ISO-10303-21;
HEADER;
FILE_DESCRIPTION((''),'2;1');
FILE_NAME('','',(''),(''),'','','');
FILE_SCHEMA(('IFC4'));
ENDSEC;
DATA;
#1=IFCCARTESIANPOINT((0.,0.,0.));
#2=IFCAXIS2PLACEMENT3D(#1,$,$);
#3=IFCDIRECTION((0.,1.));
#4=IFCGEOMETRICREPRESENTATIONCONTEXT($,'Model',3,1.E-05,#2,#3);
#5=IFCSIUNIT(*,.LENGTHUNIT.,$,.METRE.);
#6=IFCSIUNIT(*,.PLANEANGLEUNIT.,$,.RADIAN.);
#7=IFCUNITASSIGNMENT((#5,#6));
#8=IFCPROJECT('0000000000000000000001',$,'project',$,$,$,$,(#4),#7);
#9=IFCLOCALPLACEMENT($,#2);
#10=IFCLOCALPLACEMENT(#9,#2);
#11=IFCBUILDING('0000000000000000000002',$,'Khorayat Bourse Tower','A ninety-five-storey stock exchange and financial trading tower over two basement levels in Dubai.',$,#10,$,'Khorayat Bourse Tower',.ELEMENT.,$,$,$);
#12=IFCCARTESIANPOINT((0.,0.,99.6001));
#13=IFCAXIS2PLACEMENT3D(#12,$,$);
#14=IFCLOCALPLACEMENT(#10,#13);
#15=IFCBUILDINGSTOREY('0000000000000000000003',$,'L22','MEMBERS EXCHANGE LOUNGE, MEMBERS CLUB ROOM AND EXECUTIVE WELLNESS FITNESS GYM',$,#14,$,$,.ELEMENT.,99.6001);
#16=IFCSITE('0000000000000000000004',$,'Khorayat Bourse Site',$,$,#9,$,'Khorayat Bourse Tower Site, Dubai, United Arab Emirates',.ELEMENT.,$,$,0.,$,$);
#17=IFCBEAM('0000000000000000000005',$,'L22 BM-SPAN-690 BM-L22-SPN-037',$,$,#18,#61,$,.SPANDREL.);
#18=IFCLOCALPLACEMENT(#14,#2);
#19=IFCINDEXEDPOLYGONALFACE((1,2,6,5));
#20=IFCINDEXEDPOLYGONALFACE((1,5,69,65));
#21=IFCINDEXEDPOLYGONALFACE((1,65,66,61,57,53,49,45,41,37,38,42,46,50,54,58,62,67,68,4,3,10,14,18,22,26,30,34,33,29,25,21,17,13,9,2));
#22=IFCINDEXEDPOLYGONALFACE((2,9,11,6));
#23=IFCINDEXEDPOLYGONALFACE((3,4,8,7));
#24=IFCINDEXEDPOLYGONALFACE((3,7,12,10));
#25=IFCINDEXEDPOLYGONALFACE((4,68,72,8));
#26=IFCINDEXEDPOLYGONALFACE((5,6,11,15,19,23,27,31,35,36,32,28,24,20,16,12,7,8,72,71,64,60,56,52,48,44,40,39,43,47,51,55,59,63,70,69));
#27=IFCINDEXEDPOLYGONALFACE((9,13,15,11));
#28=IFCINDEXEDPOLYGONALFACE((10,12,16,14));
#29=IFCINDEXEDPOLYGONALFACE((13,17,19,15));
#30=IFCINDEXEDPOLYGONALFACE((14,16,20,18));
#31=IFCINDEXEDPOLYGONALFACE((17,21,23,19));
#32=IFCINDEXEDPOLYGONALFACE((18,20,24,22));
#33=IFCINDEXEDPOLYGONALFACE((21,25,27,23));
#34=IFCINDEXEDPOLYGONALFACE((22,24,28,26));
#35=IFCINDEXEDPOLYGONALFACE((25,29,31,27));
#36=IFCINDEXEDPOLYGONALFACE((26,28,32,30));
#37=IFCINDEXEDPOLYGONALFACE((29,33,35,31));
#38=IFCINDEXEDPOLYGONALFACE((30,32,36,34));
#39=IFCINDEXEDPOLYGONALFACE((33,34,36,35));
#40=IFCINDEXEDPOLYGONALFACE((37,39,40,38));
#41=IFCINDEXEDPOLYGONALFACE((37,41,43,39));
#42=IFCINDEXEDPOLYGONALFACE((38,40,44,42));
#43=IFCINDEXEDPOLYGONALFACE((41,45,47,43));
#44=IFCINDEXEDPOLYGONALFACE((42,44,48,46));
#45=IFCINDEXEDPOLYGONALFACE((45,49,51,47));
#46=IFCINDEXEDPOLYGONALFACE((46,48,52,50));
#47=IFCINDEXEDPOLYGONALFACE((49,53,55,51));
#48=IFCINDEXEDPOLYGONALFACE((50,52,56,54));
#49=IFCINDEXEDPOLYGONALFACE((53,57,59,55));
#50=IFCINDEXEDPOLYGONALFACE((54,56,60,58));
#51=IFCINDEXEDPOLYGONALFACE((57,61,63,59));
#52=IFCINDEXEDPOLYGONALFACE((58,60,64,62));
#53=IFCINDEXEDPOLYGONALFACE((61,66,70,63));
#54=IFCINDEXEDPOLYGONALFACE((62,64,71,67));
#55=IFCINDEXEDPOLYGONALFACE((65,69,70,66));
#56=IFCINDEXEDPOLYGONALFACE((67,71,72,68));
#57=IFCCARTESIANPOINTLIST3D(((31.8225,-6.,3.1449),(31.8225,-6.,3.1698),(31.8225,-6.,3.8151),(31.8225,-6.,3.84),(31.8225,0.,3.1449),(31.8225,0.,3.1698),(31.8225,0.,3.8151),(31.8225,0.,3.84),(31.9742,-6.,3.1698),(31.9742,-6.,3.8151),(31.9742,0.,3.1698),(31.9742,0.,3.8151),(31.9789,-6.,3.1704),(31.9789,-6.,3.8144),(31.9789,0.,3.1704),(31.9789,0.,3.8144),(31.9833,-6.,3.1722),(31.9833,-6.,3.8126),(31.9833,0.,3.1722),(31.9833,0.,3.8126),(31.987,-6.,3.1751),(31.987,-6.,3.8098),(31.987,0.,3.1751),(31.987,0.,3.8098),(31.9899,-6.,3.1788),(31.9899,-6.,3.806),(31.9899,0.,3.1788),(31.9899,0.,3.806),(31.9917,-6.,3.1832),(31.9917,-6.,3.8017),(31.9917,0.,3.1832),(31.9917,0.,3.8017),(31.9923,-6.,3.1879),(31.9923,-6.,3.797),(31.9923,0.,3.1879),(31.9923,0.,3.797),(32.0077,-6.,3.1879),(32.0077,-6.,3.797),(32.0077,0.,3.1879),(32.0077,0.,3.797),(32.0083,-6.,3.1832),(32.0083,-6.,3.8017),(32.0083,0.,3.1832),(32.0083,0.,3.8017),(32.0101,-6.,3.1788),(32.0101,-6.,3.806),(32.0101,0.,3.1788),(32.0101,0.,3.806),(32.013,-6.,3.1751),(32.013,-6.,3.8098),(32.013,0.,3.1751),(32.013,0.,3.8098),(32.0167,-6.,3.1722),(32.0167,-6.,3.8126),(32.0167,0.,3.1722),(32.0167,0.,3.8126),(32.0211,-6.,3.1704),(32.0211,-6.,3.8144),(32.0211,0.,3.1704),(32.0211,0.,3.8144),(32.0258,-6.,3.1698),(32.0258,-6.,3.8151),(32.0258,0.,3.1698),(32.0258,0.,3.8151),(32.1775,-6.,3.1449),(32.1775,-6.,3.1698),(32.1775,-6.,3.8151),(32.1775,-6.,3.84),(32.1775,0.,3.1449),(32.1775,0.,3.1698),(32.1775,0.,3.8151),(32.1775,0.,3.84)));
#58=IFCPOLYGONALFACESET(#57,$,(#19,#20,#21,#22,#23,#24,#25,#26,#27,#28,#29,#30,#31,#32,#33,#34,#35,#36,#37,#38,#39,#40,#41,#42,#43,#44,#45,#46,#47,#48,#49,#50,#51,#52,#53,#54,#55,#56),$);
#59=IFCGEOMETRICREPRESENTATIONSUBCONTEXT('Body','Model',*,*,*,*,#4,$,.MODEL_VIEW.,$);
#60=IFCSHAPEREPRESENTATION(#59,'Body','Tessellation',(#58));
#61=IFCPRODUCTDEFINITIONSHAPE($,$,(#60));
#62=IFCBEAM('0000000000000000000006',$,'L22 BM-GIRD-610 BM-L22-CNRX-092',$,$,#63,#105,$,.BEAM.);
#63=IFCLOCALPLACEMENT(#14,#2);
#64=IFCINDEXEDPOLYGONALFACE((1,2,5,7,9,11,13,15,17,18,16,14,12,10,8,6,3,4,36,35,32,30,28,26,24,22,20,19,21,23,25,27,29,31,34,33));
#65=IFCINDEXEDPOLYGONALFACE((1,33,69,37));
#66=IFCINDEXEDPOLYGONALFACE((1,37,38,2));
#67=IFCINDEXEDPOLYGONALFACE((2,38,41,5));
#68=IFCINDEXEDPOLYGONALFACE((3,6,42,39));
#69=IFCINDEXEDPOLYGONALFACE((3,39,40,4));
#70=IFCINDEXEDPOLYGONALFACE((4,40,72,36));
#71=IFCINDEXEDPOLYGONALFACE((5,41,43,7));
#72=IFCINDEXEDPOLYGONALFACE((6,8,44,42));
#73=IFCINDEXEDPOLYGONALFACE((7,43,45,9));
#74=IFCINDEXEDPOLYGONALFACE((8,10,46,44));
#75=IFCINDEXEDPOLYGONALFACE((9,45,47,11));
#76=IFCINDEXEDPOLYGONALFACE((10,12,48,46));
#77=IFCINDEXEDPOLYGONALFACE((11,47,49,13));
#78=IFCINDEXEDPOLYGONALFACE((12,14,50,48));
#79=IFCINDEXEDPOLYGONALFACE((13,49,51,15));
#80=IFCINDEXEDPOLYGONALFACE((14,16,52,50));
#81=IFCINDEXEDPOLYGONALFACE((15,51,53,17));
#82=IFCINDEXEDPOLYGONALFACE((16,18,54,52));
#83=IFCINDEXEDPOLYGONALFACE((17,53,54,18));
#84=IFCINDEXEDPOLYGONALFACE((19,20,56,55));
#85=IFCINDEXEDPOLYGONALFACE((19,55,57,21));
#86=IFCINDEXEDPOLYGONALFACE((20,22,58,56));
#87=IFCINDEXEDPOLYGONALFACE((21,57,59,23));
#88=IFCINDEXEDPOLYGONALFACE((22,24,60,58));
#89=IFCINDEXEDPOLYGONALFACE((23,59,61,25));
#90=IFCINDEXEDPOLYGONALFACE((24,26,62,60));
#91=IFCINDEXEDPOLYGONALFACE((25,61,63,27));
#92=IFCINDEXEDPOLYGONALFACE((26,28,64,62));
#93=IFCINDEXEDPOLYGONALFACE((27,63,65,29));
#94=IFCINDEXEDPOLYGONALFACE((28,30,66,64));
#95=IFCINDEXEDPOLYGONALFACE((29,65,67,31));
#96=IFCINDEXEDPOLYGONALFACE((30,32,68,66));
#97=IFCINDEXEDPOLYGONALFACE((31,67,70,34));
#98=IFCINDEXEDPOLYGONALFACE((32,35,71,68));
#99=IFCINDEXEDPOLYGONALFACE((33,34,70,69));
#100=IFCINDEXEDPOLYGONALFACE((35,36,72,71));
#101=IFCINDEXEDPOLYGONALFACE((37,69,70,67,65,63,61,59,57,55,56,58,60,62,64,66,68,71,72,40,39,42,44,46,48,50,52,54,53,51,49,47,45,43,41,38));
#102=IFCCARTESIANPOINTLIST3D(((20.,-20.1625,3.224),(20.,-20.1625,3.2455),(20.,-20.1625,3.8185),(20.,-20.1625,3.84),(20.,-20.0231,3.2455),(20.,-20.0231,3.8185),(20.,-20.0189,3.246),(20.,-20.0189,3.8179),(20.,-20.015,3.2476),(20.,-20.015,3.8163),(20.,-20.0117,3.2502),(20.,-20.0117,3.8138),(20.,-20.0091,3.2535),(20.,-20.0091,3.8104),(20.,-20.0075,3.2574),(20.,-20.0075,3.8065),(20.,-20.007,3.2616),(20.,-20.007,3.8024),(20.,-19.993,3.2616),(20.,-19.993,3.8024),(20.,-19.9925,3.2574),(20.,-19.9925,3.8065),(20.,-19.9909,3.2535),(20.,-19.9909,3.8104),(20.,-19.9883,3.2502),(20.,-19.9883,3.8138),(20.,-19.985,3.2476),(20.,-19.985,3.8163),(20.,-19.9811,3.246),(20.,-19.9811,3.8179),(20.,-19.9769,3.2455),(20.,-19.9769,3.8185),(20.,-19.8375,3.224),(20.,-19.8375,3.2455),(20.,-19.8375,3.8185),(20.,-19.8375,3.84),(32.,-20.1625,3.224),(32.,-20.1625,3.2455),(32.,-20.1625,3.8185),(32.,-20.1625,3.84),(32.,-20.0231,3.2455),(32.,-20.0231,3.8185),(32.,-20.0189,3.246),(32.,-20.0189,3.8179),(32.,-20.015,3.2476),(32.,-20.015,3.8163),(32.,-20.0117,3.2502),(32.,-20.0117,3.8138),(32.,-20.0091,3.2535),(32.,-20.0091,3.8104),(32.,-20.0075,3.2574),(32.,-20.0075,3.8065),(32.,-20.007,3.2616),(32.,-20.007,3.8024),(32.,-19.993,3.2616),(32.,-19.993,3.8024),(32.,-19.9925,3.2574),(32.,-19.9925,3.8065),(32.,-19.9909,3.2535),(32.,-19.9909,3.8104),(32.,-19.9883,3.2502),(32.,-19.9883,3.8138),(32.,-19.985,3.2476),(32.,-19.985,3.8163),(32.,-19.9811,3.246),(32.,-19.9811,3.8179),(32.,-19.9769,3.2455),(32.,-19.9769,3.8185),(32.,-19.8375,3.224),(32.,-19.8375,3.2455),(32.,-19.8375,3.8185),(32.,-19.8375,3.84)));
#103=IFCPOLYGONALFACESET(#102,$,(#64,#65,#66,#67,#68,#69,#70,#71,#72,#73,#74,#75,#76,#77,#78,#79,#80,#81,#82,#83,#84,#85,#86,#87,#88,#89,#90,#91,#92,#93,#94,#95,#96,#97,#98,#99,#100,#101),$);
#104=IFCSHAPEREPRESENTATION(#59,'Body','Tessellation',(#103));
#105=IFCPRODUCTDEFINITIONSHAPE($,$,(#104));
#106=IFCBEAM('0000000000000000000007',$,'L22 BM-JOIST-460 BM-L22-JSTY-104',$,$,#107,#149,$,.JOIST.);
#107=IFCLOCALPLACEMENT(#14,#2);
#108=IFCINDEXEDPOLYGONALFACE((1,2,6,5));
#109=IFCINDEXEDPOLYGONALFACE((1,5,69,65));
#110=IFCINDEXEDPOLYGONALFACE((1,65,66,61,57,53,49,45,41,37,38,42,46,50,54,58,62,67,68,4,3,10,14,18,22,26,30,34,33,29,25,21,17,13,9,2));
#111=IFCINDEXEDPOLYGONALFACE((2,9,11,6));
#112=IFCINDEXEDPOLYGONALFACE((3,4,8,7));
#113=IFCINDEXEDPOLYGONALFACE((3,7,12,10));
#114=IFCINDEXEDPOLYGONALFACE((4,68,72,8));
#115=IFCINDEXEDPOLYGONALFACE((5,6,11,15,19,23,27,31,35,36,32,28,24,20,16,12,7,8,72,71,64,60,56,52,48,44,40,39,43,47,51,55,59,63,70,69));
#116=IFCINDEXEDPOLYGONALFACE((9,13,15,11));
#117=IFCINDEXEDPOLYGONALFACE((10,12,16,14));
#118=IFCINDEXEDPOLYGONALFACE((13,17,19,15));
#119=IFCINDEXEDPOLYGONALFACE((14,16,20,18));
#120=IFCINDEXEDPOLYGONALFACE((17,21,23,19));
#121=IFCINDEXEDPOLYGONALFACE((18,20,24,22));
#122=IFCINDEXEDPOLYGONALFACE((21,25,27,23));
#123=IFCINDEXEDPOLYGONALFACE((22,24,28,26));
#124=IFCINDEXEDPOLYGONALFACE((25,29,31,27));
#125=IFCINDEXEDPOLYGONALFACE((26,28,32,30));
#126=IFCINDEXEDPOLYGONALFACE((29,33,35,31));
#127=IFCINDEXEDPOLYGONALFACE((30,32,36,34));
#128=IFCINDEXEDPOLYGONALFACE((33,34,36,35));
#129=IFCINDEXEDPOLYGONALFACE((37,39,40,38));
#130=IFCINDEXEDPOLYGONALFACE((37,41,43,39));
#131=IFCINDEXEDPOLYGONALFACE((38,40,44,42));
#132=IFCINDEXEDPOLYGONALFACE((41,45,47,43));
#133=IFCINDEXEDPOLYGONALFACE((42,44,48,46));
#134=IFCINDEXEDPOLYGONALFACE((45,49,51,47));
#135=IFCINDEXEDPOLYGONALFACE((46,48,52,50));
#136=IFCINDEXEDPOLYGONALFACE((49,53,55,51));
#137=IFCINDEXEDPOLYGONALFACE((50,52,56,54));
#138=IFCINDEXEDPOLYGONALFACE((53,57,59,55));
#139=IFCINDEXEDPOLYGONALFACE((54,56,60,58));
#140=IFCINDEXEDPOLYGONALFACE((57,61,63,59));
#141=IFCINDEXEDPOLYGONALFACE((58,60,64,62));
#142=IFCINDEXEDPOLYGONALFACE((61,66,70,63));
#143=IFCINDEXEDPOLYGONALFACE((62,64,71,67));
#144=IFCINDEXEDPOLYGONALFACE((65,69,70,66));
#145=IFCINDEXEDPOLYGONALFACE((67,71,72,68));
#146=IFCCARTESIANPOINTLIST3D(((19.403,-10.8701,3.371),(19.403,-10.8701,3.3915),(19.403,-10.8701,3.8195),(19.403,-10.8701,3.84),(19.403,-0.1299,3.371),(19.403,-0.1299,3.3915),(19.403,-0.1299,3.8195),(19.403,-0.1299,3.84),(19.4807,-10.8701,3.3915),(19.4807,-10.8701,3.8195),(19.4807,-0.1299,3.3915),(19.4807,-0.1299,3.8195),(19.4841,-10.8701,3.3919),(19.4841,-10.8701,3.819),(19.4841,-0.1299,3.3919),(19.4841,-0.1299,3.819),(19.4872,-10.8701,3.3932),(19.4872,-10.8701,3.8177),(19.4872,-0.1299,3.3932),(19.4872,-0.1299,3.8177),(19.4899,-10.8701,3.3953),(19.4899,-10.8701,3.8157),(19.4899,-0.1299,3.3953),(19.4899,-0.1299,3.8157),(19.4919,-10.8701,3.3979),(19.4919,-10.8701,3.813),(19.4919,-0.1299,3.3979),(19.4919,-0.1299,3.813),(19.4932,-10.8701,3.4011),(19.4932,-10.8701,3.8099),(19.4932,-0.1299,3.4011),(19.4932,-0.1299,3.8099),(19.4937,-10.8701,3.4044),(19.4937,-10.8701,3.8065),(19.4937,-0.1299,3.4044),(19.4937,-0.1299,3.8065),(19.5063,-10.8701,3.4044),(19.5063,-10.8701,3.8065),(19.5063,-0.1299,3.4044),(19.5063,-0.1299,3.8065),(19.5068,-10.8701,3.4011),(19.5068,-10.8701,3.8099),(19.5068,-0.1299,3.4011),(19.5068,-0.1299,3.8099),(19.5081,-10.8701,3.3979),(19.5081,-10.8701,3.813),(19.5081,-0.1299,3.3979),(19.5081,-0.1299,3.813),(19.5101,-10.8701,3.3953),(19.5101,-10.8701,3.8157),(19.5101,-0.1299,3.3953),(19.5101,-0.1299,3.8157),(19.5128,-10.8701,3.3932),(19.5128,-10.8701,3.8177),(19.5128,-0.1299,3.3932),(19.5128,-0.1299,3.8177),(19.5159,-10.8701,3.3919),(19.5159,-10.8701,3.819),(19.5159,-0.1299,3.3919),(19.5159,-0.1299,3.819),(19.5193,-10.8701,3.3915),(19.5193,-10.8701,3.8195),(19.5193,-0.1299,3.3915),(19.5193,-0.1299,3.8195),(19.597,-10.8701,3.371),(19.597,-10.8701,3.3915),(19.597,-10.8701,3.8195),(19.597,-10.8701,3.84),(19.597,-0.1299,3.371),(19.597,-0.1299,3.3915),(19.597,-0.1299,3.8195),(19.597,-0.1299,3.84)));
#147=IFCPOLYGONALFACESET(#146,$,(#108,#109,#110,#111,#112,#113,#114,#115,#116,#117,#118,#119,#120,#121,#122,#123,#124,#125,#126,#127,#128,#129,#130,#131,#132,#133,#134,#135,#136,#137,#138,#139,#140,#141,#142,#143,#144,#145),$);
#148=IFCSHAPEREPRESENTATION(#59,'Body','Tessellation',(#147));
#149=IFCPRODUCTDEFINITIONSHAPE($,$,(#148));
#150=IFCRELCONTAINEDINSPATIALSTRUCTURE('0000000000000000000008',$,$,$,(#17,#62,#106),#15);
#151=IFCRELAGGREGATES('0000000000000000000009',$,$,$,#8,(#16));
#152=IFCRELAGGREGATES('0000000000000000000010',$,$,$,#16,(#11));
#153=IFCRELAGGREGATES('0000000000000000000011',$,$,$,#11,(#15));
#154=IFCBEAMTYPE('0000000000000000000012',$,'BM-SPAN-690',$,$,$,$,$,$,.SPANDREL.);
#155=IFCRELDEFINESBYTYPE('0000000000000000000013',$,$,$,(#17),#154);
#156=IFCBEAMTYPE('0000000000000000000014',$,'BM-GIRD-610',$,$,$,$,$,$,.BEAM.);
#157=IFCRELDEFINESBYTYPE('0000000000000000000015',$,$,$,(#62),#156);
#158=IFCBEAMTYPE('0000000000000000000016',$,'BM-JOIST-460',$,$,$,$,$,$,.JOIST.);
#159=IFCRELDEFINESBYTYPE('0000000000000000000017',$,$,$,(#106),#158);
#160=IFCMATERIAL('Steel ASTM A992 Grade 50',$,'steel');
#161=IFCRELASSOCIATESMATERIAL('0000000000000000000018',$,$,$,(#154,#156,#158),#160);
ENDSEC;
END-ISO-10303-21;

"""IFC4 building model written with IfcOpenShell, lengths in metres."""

from ifc_helpers import new_model, si_unit, direction, frame, origin, origin_2d, place, context, subcontext, project, spatial, i_section, extrude, source, transform, mapped, material, material_profile, profile_set, type_object, element, save


model = new_model("IFC4")

# Units and contexts
model_context = context("Model", 3, precision=1e-05, world=origin(), true_north=direction((0.0, 1.0)))
body_context = subcontext(model_context, "Body", "Model", "MODEL_VIEW")
ifc_project = project(units=[si_unit("LENGTHUNIT", "METRE"), si_unit("PLANEANGLEUNIT", "RADIAN")], contexts=[model_context])

# Site, building, storey
site_placement = place(None, origin())
site = spatial("IfcSite", under=ifc_project, at=site_placement, Name="Khorayat Bourse Site", LongName="Khorayat Bourse Tower Site, Dubai, United Arab Emirates", CompositionType="ELEMENT", RefElevation=0.0)
building_placement = place(site_placement, origin())
building = spatial("IfcBuilding", under=site, at=building_placement, Name="Khorayat Bourse Tower", Description="A ninety-five-storey stock exchange and financial trading tower over two basement levels in Dubai.", LongName="Khorayat Bourse Tower", CompositionType="ELEMENT")
storey_placement = place(building_placement, frame((0.0, 0.0, 99.6001)))
storey = spatial("IfcBuildingStorey", under=building, at=storey_placement, Name="L22", Description="MEMBERS EXCHANGE LOUNGE, MEMBERS CLUB ROOM AND EXECUTIVE WELLNESS FITNESS GYM", CompositionType="ELEMENT", Elevation=99.6001)

# Beams
ifc_material_1 = material(Name="Steel ASTM A992 Grade 50", Category="steel")
ifc_material_profile_1 = material_profile(ifc_material_1, i_section(OverallWidth=0.355, OverallDepth=0.6951, WebThickness=0.0154, FlangeThickness=0.0249, FilletRadius=0.0181, at=origin_2d()), Name="W690X217")
ifc_profile_set_1 = profile_set([ifc_material_profile_1], Name="Steel ASTM A992 Grade 50")
beam_type_1 = type_object("IfcBeamType", Name="BM-SPAN-690", PredefinedType="SPANDREL", material=ifc_profile_set_1)
shared_shape_1 = source(origin(), body_context, "Body", "SweptSolid", [
    extrude(i_section(OverallWidth=0.355, OverallDepth=0.6951, WebThickness=0.0154, FlangeThickness=0.0249, FilletRadius=0.0181, at=origin_2d()), origin(), (0.0, 0.0, 1.0), 6.0),
])
beam_1_placement = place(storey_placement, frame((32.0, -6.0, 3.4924), z_axis=(0.0, 1.0, 0.0), x_axis=(-1.0, 0.0, 0.0)))
element("IfcBeam", 1, at=beam_1_placement, inside=storey, type_object=beam_type_1, Name="L22 BM-SPAN-690 BM-L22-SPN-037", PredefinedType="SPANDREL", context=body_context, shape_type="MappedRepresentation", body=[
    mapped(shared_shape_1, transform((0.0, 0.0, 0.0), scale=1.0)),
])
ifc_material_profile_2 = material_profile(ifc_material_1, i_section(OverallWidth=0.325, OverallDepth=0.616, WebThickness=0.0139, FlangeThickness=0.0215, FilletRadius=0.0161, at=origin_2d()), Name="W610X174")
ifc_profile_set_2 = profile_set([ifc_material_profile_2], Name="Steel ASTM A992 Grade 50")
beam_type_2 = type_object("IfcBeamType", Name="BM-GIRD-610", PredefinedType="BEAM", material=ifc_profile_set_2)
shared_shape_2 = source(origin(), body_context, "Body", "SweptSolid", [
    extrude(i_section(OverallWidth=0.325, OverallDepth=0.616, WebThickness=0.0139, FlangeThickness=0.0215, FilletRadius=0.0161, at=origin_2d()), origin(), (0.0, 0.0, 1.0), 12.0),
])
beam_2_placement = place(storey_placement, frame((20.0, -20.0, 3.532), z_axis=(1.0, 0.0, 0.0), x_axis=(0.0, 1.0, 0.0)))
element("IfcBeam", 2, at=beam_2_placement, inside=storey, type_object=beam_type_2, Name="L22 BM-GIRD-610 BM-L22-CNRX-092", PredefinedType="BEAM", context=body_context, shape_type="MappedRepresentation", body=[
    mapped(shared_shape_2, transform((0.0, 0.0, 0.0), scale=1.0)),
])
ifc_material_profile_3 = material_profile(ifc_material_1, i_section(OverallWidth=0.1941, OverallDepth=0.469, WebThickness=0.0127, FlangeThickness=0.0205, FilletRadius=0.0129, at=origin_2d()), Name="W460X106")
ifc_profile_set_3 = profile_set([ifc_material_profile_3], Name="Steel ASTM A992 Grade 50")
beam_type_3 = type_object("IfcBeamType", Name="BM-JOIST-460", PredefinedType="JOIST", material=ifc_profile_set_3)
shared_shape_3 = source(origin(), body_context, "Body", "SweptSolid", [
    extrude(i_section(OverallWidth=0.1941, OverallDepth=0.469, WebThickness=0.0127, FlangeThickness=0.0205, FilletRadius=0.0129, at=origin_2d()), origin(), (0.0, 0.0, 1.0), 10.7402),
])
beam_3_placement = place(storey_placement, frame((19.5, -10.8701, 3.6055), z_axis=(0.0, 1.0, 0.0), x_axis=(-1.0, 0.0, 0.0)))
element("IfcBeam", 3, at=beam_3_placement, inside=storey, type_object=beam_type_3, Name="L22 BM-JOIST-460 BM-L22-JSTY-104", PredefinedType="JOIST", context=body_context, shape_type="MappedRepresentation", body=[
    mapped(shared_shape_3, transform((0.0, 0.0, 0.0), scale=1.0)),
])

save(model, "model.ifc")
